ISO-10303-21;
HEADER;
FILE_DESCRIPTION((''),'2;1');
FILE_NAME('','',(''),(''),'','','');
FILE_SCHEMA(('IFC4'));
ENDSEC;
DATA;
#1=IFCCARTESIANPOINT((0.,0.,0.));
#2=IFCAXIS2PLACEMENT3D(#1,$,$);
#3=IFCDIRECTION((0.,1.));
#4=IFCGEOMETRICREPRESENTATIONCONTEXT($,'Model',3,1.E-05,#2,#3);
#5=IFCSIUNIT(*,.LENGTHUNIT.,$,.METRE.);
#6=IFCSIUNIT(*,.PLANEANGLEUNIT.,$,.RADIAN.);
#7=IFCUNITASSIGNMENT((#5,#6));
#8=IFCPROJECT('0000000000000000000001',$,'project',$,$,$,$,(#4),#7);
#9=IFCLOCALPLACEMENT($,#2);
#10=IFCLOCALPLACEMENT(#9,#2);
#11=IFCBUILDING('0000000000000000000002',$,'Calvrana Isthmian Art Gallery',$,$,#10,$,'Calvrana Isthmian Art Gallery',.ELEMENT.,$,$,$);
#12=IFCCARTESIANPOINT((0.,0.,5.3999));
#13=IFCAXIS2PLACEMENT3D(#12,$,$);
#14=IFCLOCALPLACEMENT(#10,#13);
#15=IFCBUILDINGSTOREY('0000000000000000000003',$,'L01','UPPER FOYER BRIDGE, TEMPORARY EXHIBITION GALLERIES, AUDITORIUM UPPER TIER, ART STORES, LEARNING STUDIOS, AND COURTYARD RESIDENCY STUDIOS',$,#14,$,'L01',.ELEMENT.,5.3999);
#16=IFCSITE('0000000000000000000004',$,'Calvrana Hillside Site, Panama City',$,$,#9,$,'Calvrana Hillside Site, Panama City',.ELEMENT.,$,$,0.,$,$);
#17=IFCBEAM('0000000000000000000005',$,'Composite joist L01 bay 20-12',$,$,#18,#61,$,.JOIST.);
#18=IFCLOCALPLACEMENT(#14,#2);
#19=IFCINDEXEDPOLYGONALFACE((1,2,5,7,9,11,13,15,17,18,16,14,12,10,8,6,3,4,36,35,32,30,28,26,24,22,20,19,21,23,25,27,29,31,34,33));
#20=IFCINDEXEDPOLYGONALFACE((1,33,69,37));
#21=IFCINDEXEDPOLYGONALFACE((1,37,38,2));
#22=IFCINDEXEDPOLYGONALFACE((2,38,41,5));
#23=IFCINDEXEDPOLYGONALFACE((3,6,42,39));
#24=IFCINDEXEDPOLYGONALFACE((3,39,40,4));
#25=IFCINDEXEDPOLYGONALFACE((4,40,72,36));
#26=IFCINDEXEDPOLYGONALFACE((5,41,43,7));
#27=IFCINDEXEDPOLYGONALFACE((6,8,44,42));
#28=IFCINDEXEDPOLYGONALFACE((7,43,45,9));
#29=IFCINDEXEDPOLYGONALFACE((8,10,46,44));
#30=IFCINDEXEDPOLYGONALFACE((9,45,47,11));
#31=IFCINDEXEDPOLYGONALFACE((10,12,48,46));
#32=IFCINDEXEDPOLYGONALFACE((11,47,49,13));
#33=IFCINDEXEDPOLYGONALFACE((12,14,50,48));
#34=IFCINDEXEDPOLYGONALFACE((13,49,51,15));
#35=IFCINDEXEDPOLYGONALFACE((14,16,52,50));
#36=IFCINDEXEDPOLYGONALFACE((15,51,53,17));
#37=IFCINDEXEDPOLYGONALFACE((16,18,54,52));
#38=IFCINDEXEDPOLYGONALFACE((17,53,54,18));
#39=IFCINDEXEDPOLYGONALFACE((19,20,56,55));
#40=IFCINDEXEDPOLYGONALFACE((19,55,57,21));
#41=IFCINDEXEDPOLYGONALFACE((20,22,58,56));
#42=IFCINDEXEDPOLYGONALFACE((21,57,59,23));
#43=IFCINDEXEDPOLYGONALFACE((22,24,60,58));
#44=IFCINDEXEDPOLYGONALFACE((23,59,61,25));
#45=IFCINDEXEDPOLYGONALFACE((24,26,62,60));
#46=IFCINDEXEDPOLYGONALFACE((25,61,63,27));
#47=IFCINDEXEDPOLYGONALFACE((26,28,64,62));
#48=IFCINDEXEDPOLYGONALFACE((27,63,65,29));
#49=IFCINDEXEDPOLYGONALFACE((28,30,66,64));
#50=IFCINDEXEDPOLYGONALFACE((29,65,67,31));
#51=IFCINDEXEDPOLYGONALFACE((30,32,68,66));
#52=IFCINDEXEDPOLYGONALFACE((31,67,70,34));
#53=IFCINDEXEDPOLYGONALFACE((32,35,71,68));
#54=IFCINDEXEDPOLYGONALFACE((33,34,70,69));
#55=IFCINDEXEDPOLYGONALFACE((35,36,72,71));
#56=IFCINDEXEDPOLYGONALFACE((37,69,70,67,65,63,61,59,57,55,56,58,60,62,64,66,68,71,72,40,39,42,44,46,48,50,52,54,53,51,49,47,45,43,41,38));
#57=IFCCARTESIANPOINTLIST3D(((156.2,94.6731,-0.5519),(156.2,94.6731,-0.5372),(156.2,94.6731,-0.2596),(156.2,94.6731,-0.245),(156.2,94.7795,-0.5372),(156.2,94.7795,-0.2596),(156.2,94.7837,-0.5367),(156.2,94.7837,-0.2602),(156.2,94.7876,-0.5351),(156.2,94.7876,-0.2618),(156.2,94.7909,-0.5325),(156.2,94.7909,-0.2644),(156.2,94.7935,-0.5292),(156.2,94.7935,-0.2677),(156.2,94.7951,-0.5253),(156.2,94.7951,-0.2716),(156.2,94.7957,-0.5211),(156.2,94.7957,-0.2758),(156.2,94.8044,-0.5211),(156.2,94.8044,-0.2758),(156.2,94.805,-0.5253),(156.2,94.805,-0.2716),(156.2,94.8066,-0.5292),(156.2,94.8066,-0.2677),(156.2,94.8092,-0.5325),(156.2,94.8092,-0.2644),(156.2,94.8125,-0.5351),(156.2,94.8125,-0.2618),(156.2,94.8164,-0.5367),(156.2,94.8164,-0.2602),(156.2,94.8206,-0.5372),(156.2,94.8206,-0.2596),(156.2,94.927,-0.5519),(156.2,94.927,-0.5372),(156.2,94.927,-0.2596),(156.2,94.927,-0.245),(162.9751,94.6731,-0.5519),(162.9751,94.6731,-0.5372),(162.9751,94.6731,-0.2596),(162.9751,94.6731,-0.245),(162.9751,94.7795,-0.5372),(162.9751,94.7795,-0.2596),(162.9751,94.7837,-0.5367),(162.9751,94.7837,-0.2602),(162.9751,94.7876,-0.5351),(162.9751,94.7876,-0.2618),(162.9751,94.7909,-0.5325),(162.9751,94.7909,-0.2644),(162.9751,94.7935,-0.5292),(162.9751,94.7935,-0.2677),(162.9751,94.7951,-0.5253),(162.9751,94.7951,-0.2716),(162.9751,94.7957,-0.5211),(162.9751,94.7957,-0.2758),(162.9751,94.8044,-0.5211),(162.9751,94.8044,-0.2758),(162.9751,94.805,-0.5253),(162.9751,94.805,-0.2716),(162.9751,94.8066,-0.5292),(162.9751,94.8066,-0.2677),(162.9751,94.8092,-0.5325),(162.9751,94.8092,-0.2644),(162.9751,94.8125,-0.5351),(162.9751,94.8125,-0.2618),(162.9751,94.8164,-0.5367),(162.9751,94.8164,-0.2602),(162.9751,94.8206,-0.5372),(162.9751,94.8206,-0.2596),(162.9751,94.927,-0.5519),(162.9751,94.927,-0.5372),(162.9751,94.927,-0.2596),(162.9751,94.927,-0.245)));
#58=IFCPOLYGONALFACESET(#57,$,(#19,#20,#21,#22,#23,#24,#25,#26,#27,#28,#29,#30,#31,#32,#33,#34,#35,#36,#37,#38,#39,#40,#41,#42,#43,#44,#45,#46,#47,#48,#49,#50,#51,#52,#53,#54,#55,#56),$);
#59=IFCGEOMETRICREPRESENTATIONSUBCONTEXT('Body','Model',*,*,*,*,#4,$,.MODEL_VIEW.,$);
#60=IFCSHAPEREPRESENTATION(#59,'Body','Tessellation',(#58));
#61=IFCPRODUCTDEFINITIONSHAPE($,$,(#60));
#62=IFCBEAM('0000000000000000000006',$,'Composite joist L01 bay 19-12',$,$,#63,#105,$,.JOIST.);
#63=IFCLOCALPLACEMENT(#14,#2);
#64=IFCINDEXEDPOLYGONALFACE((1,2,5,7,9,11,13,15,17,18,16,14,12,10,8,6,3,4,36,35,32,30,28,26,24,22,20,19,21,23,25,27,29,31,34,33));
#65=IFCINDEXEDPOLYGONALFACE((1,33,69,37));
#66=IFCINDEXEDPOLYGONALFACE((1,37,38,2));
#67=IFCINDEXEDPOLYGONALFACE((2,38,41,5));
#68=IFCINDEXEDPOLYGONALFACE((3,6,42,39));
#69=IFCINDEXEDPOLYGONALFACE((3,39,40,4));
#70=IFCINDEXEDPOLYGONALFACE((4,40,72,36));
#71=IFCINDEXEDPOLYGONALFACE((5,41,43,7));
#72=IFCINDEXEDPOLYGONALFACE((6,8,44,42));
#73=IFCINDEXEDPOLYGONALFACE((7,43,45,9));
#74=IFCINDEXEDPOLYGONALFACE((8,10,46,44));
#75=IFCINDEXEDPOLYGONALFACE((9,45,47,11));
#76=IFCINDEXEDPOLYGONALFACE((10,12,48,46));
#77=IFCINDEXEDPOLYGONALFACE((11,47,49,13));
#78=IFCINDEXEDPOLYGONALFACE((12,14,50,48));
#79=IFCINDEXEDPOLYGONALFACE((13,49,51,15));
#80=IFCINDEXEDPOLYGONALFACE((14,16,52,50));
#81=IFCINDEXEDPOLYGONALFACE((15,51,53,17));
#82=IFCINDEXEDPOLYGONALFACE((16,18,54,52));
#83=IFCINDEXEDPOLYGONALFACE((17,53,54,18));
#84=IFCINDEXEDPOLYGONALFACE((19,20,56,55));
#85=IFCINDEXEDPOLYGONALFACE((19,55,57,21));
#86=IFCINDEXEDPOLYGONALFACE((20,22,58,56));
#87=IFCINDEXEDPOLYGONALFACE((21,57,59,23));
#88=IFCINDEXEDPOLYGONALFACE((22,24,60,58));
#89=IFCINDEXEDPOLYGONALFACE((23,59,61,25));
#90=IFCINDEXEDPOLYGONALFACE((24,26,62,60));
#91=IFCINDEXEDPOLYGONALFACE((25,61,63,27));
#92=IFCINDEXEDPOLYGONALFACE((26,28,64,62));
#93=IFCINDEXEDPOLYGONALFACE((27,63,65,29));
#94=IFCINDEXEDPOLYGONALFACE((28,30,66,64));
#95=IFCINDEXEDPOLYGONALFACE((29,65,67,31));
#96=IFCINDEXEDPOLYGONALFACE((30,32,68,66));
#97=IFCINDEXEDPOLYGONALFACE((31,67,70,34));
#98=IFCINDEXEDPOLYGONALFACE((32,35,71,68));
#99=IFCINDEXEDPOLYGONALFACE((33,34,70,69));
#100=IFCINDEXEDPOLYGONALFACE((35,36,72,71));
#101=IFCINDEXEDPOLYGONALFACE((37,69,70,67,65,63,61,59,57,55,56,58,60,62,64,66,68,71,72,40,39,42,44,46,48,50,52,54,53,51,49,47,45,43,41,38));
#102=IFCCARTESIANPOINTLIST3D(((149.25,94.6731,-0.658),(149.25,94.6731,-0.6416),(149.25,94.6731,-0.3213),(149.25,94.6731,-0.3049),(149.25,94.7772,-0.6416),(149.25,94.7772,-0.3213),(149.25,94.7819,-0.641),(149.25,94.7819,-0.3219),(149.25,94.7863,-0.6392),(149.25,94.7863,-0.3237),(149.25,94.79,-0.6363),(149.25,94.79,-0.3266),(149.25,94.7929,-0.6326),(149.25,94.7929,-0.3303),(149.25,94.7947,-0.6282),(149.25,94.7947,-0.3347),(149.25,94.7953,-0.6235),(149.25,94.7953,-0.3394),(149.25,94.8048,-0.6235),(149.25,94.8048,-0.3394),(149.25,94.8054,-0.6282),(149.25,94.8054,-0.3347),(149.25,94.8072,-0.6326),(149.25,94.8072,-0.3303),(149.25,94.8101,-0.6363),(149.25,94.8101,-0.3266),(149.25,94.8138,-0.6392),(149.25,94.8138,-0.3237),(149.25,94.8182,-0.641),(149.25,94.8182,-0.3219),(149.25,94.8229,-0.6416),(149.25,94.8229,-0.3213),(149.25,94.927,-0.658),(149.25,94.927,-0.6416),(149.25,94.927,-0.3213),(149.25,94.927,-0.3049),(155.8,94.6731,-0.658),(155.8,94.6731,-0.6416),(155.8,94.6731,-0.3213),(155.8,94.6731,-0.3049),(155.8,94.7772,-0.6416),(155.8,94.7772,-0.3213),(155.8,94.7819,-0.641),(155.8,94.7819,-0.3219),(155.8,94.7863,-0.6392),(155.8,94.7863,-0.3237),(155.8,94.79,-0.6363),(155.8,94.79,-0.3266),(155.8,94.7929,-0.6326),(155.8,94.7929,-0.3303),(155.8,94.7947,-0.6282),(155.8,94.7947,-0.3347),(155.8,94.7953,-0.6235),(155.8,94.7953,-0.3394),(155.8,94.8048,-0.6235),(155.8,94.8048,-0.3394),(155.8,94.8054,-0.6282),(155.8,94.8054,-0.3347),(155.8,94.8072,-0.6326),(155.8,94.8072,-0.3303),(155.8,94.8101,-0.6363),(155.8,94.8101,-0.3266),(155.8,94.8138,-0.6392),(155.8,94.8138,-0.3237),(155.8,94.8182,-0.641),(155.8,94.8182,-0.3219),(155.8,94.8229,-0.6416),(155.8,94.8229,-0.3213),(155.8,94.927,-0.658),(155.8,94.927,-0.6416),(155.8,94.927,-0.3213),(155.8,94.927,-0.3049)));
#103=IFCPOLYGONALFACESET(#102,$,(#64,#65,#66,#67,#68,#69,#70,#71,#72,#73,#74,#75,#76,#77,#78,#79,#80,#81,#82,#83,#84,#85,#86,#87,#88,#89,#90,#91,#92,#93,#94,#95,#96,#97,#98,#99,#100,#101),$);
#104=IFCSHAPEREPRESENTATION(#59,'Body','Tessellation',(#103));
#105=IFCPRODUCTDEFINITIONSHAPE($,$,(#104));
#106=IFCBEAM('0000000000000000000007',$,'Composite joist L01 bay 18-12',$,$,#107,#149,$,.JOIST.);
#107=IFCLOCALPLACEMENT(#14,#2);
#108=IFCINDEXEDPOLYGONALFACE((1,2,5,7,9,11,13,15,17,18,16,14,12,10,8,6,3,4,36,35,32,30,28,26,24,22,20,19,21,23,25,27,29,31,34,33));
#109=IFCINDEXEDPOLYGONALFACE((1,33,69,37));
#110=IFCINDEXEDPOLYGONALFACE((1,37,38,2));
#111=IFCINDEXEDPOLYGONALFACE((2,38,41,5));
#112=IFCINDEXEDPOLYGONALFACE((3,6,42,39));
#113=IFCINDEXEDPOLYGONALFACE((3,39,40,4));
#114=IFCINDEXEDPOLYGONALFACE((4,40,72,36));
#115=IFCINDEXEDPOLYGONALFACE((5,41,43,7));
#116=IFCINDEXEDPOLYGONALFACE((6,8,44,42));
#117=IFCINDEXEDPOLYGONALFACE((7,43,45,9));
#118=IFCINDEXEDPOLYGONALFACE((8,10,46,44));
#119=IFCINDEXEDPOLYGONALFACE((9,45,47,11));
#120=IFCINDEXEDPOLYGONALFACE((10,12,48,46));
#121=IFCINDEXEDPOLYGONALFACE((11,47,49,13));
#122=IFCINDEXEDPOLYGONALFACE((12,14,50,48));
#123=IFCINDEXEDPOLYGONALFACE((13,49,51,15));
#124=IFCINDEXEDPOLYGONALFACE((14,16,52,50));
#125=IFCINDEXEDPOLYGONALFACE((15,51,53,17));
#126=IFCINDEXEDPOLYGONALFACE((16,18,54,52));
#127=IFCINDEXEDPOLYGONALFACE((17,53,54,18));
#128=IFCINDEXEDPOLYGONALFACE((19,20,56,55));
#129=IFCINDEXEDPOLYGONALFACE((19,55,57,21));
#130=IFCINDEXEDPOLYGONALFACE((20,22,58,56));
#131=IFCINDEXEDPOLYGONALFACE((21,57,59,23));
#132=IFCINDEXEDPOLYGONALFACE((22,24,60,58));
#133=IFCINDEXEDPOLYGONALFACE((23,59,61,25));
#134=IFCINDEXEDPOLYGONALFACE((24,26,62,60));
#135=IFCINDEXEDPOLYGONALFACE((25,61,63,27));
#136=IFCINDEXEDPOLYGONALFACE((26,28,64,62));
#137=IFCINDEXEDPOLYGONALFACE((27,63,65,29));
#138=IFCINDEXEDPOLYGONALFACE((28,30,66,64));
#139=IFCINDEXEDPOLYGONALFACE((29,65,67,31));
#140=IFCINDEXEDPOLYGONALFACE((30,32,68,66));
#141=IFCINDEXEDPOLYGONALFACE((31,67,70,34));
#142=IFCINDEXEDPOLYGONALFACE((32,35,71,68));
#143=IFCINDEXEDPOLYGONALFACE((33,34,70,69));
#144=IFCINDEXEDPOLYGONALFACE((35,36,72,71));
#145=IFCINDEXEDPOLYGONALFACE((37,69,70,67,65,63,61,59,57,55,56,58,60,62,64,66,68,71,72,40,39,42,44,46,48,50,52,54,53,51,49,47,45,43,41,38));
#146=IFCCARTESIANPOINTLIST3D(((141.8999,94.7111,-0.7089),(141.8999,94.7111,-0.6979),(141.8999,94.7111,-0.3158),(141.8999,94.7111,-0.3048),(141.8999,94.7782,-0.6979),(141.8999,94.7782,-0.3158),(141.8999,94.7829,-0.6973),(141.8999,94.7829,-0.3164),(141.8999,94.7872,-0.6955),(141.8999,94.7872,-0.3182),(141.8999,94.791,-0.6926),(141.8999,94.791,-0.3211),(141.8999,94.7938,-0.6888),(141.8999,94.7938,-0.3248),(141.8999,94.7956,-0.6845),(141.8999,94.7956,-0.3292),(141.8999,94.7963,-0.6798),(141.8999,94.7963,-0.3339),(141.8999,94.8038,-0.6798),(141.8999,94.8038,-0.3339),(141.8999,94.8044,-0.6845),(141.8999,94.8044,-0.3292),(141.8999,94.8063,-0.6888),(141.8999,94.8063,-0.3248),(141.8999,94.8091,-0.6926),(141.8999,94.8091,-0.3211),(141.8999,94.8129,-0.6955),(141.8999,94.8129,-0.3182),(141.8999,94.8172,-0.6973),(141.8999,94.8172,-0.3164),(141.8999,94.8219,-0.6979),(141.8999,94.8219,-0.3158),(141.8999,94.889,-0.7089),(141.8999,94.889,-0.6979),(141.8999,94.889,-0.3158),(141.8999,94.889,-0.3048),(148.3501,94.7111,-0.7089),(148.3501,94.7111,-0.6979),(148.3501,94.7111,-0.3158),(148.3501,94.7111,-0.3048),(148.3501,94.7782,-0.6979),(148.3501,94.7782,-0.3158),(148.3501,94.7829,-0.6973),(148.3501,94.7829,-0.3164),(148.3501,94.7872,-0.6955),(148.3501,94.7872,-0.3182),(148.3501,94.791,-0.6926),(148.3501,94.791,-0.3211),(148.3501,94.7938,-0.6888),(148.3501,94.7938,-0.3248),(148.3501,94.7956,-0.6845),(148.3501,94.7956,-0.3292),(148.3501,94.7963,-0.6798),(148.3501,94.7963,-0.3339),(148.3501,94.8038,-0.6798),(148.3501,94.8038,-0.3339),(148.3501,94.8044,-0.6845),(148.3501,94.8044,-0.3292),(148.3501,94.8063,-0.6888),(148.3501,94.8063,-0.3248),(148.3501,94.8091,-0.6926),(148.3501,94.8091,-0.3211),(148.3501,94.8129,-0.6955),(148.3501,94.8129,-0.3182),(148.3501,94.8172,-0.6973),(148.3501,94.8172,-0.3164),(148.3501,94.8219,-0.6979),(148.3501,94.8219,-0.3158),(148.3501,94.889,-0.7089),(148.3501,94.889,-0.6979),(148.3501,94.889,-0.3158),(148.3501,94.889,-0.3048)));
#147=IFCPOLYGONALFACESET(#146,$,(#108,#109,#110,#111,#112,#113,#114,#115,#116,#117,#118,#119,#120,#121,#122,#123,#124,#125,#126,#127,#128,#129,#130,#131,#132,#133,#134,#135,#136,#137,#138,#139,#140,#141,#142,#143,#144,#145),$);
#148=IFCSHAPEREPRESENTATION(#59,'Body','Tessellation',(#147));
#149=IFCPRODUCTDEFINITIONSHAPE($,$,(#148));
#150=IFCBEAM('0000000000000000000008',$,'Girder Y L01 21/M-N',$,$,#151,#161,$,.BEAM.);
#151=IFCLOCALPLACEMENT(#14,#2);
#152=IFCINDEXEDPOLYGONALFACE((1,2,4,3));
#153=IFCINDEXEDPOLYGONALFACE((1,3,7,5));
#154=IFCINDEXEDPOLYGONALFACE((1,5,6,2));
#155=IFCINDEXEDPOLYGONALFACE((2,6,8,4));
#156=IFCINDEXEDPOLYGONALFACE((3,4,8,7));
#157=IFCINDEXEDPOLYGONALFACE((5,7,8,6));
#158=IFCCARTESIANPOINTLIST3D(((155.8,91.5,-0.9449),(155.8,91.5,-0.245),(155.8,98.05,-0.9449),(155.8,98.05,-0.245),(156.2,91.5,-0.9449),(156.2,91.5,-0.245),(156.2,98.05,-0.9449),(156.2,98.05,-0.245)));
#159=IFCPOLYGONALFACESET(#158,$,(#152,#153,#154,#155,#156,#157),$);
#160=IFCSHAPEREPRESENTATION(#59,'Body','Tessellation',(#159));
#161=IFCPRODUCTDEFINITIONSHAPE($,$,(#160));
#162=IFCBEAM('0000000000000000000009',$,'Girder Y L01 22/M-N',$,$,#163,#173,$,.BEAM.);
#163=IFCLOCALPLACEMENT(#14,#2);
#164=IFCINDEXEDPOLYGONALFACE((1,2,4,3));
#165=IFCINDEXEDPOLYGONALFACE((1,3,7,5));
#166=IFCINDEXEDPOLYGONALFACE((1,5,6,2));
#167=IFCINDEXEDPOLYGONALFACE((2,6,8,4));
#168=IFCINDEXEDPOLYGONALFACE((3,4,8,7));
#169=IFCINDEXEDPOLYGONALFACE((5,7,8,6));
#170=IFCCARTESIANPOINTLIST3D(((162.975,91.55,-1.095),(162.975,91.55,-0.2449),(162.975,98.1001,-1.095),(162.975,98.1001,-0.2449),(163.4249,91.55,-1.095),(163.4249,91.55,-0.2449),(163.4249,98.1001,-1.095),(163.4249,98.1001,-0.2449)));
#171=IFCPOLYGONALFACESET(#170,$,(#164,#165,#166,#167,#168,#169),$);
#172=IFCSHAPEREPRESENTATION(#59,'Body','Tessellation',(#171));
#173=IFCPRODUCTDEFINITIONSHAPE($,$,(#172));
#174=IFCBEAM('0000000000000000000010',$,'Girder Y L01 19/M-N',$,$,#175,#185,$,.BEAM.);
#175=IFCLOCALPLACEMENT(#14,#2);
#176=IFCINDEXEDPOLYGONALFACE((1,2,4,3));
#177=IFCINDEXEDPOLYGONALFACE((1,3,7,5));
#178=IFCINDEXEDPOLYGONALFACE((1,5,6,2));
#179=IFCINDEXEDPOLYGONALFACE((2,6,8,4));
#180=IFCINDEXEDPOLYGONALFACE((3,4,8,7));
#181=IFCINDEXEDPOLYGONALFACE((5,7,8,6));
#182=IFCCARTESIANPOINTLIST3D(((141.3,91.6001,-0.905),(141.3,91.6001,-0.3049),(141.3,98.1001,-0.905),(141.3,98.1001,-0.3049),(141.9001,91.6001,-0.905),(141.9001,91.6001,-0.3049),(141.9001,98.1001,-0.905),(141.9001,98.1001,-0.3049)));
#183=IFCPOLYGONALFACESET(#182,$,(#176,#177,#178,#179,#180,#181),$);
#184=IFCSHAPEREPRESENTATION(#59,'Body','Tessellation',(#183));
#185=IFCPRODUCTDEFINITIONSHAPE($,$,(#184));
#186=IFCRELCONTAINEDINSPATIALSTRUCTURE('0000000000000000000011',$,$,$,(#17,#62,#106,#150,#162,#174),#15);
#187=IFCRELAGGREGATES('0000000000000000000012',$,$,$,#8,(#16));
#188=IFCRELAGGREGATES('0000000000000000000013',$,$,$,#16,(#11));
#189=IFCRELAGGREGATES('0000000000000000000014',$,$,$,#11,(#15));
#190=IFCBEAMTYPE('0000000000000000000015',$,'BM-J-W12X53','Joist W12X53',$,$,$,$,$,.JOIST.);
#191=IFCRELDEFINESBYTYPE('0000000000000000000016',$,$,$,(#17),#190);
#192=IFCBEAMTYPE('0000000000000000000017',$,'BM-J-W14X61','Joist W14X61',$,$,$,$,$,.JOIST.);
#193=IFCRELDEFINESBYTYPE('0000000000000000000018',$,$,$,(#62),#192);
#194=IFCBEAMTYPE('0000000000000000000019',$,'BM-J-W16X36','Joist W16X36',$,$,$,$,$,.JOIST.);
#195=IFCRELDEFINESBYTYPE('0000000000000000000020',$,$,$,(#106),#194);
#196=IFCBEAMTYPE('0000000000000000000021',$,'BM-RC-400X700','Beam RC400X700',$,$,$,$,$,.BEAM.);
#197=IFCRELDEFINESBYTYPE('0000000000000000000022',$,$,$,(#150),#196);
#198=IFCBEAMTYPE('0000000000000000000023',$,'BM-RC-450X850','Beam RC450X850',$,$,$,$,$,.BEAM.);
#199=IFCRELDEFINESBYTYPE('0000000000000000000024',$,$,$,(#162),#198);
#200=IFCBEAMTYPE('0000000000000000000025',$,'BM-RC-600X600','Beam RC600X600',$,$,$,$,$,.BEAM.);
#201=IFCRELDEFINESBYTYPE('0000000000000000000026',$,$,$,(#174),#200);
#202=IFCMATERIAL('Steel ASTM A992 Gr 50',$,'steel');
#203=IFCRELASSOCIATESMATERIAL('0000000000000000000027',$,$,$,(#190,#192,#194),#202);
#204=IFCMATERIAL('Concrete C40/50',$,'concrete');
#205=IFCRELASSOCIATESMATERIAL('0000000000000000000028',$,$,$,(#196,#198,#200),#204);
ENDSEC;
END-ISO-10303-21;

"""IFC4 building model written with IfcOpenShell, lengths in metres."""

from ifc_helpers import new_model, si_unit, direction, frame, origin, origin_2d, place, context, subcontext, project, spatial, rectangle, i_section, extrude, material, material_profile, profile_set, type_object, element, save


model = new_model("IFC4")

# Units and contexts
model_context = context("Model", 3, precision=1e-05, world=origin(), true_north=direction((0.0, 1.0)))
body_context = subcontext(model_context, "Body", "Model", "MODEL_VIEW")
ifc_project = project(units=[si_unit("LENGTHUNIT", "METRE"), si_unit("PLANEANGLEUNIT", "RADIAN")], contexts=[model_context])

# Site, building, storey
site_placement = place(None, origin())
site = spatial("IfcSite", under=ifc_project, at=site_placement, Name="Calvrana Hillside Site, Panama City", LongName="Calvrana Hillside Site, Panama City", CompositionType="ELEMENT", RefElevation=0.0)
building_placement = place(site_placement, origin())
building = spatial("IfcBuilding", under=site, at=building_placement, Name="Calvrana Isthmian Art Gallery", LongName="Calvrana Isthmian Art Gallery", CompositionType="ELEMENT")
storey_placement = place(building_placement, frame((0.0, 0.0, 5.3999)))
storey = spatial("IfcBuildingStorey", under=building, at=storey_placement, Name="L01", Description="UPPER FOYER BRIDGE, TEMPORARY EXHIBITION GALLERIES, AUDITORIUM UPPER TIER, ART STORES, LEARNING STUDIOS, AND COURTYARD RESIDENCY STUDIOS", LongName="L01", CompositionType="ELEMENT", Elevation=5.3999)

# Shared definitions
ifc_material_1 = material(Name="Concrete C40/50", Category="concrete")

# Beams
ifc_material_2 = material(Name="Steel ASTM A992 Gr 50", Category="steel")
ifc_material_profile_1 = material_profile(ifc_material_2, i_section(OverallWidth=0.2539, OverallDepth=0.3069, WebThickness=0.0088, FlangeThickness=0.0146, FilletRadius=0.0161, at=origin_2d()), Name="W12X53")
ifc_profile_set_1 = profile_set([ifc_material_profile_1], Name="Steel ASTM A992 Gr 50")
beam_type_1 = type_object("IfcBeamType", Name="BM-J-W12X53", Description="Joist W12X53", PredefinedType="JOIST", material=ifc_profile_set_1)
beam_1_placement = place(storey_placement, frame((156.2, 94.8, -0.3984), z_axis=(1.0, 0.0, 0.0), x_axis=(0.0, 1.0, 0.0)))
element("IfcBeam", 1, at=beam_1_placement, inside=storey, type_object=beam_type_1, Name="Composite joist L01 bay 20-12", PredefinedType="JOIST", context=body_context, shape_type="SweptSolid", body=[
    extrude(i_section(OverallWidth=0.2539, OverallDepth=0.3069, WebThickness=0.0088, FlangeThickness=0.0146, FilletRadius=0.0161, at=origin_2d()), origin(), (0.0, 0.0, 1.0), 6.7751),
])
ifc_material_profile_2 = material_profile(ifc_material_2, i_section(OverallWidth=0.2539, OverallDepth=0.353, WebThickness=0.0095, FlangeThickness=0.0164, FilletRadius=0.0181, at=origin_2d()), Name="W14X61")
ifc_profile_set_2 = profile_set([ifc_material_profile_2], Name="Steel ASTM A992 Gr 50")
beam_type_2 = type_object("IfcBeamType", Name="BM-J-W14X61", Description="Joist W14X61", PredefinedType="JOIST", material=ifc_profile_set_2)
beam_2_placement = place(storey_placement, frame((149.25, 94.8, -0.4814), z_axis=(1.0, 0.0, 0.0), x_axis=(0.0, 1.0, 0.0)))
element("IfcBeam", 2, at=beam_2_placement, inside=storey, type_object=beam_type_2, Name="Composite joist L01 bay 19-12", PredefinedType="JOIST", context=body_context, shape_type="SweptSolid", body=[
    extrude(i_section(OverallWidth=0.2539, OverallDepth=0.353, WebThickness=0.0095, FlangeThickness=0.0164, FilletRadius=0.0181, at=origin_2d()), origin(), (0.0, 0.0, 1.0), 6.55),
])
ifc_material_profile_3 = material_profile(ifc_material_2, i_section(OverallWidth=0.178, OverallDepth=0.4041, WebThickness=0.0076, FlangeThickness=0.011, FilletRadius=0.0181, at=origin_2d()), Name="W16X36")
ifc_profile_set_3 = profile_set([ifc_material_profile_3], Name="Steel ASTM A992 Gr 50")
beam_type_3 = type_object("IfcBeamType", Name="BM-J-W16X36", Description="Joist W16X36", PredefinedType="JOIST", material=ifc_profile_set_3)
beam_3_placement = place(storey_placement, frame((141.8999, 94.8, -0.5068), z_axis=(1.0, 0.0, 0.0), x_axis=(0.0, 1.0, 0.0)))
element("IfcBeam", 3, at=beam_3_placement, inside=storey, type_object=beam_type_3, Name="Composite joist L01 bay 18-12", PredefinedType="JOIST", context=body_context, shape_type="SweptSolid", body=[
    extrude(i_section(OverallWidth=0.178, OverallDepth=0.4041, WebThickness=0.0076, FlangeThickness=0.011, FilletRadius=0.0181, at=origin_2d()), origin(), (0.0, 0.0, 1.0), 6.4502),
])
ifc_material_profile_4 = material_profile(ifc_material_1, rectangle(XDim=0.3999, YDim=0.7, at=origin_2d()), Name="RC400X700")
ifc_profile_set_4 = profile_set([ifc_material_profile_4], Name="Concrete C40/50")
beam_type_4 = type_object("IfcBeamType", Name="BM-RC-400X700", Description="Beam RC400X700", PredefinedType="BEAM", material=ifc_profile_set_4)
beam_4_placement = place(storey_placement, frame((156.0, 91.5, -0.595), z_axis=(0.0, 1.0, 0.0), x_axis=(-1.0, 0.0, 0.0)))
element("IfcBeam", 4, at=beam_4_placement, inside=storey, type_object=beam_type_4, Name="Girder Y L01 21/M-N", PredefinedType="BEAM", context=body_context, shape_type="SweptSolid", body=[
    extrude(rectangle(XDim=0.3999, YDim=0.7, at=origin_2d()), origin(), (0.0, 0.0, 1.0), 6.55),
])
ifc_material_profile_5 = material_profile(ifc_material_1, rectangle(XDim=0.45, YDim=0.8501, at=origin_2d()), Name="RC450X850")
ifc_profile_set_5 = profile_set([ifc_material_profile_5], Name="Concrete C40/50")
beam_type_5 = type_object("IfcBeamType", Name="BM-RC-450X850", Description="Beam RC450X850", PredefinedType="BEAM", material=ifc_profile_set_5)
beam_5_placement = place(storey_placement, frame((163.2, 91.55, -0.6699), z_axis=(0.0, 1.0, 0.0), x_axis=(-1.0, 0.0, 0.0)))
element("IfcBeam", 5, at=beam_5_placement, inside=storey, type_object=beam_type_5, Name="Girder Y L01 22/M-N", PredefinedType="BEAM", context=body_context, shape_type="SweptSolid", body=[
    extrude(rectangle(XDim=0.45, YDim=0.8501, at=origin_2d()), origin(), (0.0, 0.0, 1.0), 6.55),
])
ifc_material_profile_6 = material_profile(ifc_material_1, rectangle(XDim=0.6001, YDim=0.6001, at=origin_2d()), Name="RC600X600")
ifc_profile_set_6 = profile_set([ifc_material_profile_6], Name="Concrete C40/50")
beam_type_6 = type_object("IfcBeamType", Name="BM-RC-600X600", Description="Beam RC600X600", PredefinedType="BEAM", material=ifc_profile_set_6)
beam_6_placement = place(storey_placement, frame((141.6001, 91.6001, -0.605), z_axis=(0.0, 1.0, 0.0), x_axis=(-1.0, 0.0, 0.0)))
element("IfcBeam", 6, at=beam_6_placement, inside=storey, type_object=beam_type_6, Name="Girder Y L01 19/M-N", PredefinedType="BEAM", context=body_context, shape_type="SweptSolid", body=[
    extrude(rectangle(XDim=0.6001, YDim=0.6001, at=origin_2d()), origin(), (0.0, 0.0, 1.0), 6.5),
])

save(model, "model.ifc")
